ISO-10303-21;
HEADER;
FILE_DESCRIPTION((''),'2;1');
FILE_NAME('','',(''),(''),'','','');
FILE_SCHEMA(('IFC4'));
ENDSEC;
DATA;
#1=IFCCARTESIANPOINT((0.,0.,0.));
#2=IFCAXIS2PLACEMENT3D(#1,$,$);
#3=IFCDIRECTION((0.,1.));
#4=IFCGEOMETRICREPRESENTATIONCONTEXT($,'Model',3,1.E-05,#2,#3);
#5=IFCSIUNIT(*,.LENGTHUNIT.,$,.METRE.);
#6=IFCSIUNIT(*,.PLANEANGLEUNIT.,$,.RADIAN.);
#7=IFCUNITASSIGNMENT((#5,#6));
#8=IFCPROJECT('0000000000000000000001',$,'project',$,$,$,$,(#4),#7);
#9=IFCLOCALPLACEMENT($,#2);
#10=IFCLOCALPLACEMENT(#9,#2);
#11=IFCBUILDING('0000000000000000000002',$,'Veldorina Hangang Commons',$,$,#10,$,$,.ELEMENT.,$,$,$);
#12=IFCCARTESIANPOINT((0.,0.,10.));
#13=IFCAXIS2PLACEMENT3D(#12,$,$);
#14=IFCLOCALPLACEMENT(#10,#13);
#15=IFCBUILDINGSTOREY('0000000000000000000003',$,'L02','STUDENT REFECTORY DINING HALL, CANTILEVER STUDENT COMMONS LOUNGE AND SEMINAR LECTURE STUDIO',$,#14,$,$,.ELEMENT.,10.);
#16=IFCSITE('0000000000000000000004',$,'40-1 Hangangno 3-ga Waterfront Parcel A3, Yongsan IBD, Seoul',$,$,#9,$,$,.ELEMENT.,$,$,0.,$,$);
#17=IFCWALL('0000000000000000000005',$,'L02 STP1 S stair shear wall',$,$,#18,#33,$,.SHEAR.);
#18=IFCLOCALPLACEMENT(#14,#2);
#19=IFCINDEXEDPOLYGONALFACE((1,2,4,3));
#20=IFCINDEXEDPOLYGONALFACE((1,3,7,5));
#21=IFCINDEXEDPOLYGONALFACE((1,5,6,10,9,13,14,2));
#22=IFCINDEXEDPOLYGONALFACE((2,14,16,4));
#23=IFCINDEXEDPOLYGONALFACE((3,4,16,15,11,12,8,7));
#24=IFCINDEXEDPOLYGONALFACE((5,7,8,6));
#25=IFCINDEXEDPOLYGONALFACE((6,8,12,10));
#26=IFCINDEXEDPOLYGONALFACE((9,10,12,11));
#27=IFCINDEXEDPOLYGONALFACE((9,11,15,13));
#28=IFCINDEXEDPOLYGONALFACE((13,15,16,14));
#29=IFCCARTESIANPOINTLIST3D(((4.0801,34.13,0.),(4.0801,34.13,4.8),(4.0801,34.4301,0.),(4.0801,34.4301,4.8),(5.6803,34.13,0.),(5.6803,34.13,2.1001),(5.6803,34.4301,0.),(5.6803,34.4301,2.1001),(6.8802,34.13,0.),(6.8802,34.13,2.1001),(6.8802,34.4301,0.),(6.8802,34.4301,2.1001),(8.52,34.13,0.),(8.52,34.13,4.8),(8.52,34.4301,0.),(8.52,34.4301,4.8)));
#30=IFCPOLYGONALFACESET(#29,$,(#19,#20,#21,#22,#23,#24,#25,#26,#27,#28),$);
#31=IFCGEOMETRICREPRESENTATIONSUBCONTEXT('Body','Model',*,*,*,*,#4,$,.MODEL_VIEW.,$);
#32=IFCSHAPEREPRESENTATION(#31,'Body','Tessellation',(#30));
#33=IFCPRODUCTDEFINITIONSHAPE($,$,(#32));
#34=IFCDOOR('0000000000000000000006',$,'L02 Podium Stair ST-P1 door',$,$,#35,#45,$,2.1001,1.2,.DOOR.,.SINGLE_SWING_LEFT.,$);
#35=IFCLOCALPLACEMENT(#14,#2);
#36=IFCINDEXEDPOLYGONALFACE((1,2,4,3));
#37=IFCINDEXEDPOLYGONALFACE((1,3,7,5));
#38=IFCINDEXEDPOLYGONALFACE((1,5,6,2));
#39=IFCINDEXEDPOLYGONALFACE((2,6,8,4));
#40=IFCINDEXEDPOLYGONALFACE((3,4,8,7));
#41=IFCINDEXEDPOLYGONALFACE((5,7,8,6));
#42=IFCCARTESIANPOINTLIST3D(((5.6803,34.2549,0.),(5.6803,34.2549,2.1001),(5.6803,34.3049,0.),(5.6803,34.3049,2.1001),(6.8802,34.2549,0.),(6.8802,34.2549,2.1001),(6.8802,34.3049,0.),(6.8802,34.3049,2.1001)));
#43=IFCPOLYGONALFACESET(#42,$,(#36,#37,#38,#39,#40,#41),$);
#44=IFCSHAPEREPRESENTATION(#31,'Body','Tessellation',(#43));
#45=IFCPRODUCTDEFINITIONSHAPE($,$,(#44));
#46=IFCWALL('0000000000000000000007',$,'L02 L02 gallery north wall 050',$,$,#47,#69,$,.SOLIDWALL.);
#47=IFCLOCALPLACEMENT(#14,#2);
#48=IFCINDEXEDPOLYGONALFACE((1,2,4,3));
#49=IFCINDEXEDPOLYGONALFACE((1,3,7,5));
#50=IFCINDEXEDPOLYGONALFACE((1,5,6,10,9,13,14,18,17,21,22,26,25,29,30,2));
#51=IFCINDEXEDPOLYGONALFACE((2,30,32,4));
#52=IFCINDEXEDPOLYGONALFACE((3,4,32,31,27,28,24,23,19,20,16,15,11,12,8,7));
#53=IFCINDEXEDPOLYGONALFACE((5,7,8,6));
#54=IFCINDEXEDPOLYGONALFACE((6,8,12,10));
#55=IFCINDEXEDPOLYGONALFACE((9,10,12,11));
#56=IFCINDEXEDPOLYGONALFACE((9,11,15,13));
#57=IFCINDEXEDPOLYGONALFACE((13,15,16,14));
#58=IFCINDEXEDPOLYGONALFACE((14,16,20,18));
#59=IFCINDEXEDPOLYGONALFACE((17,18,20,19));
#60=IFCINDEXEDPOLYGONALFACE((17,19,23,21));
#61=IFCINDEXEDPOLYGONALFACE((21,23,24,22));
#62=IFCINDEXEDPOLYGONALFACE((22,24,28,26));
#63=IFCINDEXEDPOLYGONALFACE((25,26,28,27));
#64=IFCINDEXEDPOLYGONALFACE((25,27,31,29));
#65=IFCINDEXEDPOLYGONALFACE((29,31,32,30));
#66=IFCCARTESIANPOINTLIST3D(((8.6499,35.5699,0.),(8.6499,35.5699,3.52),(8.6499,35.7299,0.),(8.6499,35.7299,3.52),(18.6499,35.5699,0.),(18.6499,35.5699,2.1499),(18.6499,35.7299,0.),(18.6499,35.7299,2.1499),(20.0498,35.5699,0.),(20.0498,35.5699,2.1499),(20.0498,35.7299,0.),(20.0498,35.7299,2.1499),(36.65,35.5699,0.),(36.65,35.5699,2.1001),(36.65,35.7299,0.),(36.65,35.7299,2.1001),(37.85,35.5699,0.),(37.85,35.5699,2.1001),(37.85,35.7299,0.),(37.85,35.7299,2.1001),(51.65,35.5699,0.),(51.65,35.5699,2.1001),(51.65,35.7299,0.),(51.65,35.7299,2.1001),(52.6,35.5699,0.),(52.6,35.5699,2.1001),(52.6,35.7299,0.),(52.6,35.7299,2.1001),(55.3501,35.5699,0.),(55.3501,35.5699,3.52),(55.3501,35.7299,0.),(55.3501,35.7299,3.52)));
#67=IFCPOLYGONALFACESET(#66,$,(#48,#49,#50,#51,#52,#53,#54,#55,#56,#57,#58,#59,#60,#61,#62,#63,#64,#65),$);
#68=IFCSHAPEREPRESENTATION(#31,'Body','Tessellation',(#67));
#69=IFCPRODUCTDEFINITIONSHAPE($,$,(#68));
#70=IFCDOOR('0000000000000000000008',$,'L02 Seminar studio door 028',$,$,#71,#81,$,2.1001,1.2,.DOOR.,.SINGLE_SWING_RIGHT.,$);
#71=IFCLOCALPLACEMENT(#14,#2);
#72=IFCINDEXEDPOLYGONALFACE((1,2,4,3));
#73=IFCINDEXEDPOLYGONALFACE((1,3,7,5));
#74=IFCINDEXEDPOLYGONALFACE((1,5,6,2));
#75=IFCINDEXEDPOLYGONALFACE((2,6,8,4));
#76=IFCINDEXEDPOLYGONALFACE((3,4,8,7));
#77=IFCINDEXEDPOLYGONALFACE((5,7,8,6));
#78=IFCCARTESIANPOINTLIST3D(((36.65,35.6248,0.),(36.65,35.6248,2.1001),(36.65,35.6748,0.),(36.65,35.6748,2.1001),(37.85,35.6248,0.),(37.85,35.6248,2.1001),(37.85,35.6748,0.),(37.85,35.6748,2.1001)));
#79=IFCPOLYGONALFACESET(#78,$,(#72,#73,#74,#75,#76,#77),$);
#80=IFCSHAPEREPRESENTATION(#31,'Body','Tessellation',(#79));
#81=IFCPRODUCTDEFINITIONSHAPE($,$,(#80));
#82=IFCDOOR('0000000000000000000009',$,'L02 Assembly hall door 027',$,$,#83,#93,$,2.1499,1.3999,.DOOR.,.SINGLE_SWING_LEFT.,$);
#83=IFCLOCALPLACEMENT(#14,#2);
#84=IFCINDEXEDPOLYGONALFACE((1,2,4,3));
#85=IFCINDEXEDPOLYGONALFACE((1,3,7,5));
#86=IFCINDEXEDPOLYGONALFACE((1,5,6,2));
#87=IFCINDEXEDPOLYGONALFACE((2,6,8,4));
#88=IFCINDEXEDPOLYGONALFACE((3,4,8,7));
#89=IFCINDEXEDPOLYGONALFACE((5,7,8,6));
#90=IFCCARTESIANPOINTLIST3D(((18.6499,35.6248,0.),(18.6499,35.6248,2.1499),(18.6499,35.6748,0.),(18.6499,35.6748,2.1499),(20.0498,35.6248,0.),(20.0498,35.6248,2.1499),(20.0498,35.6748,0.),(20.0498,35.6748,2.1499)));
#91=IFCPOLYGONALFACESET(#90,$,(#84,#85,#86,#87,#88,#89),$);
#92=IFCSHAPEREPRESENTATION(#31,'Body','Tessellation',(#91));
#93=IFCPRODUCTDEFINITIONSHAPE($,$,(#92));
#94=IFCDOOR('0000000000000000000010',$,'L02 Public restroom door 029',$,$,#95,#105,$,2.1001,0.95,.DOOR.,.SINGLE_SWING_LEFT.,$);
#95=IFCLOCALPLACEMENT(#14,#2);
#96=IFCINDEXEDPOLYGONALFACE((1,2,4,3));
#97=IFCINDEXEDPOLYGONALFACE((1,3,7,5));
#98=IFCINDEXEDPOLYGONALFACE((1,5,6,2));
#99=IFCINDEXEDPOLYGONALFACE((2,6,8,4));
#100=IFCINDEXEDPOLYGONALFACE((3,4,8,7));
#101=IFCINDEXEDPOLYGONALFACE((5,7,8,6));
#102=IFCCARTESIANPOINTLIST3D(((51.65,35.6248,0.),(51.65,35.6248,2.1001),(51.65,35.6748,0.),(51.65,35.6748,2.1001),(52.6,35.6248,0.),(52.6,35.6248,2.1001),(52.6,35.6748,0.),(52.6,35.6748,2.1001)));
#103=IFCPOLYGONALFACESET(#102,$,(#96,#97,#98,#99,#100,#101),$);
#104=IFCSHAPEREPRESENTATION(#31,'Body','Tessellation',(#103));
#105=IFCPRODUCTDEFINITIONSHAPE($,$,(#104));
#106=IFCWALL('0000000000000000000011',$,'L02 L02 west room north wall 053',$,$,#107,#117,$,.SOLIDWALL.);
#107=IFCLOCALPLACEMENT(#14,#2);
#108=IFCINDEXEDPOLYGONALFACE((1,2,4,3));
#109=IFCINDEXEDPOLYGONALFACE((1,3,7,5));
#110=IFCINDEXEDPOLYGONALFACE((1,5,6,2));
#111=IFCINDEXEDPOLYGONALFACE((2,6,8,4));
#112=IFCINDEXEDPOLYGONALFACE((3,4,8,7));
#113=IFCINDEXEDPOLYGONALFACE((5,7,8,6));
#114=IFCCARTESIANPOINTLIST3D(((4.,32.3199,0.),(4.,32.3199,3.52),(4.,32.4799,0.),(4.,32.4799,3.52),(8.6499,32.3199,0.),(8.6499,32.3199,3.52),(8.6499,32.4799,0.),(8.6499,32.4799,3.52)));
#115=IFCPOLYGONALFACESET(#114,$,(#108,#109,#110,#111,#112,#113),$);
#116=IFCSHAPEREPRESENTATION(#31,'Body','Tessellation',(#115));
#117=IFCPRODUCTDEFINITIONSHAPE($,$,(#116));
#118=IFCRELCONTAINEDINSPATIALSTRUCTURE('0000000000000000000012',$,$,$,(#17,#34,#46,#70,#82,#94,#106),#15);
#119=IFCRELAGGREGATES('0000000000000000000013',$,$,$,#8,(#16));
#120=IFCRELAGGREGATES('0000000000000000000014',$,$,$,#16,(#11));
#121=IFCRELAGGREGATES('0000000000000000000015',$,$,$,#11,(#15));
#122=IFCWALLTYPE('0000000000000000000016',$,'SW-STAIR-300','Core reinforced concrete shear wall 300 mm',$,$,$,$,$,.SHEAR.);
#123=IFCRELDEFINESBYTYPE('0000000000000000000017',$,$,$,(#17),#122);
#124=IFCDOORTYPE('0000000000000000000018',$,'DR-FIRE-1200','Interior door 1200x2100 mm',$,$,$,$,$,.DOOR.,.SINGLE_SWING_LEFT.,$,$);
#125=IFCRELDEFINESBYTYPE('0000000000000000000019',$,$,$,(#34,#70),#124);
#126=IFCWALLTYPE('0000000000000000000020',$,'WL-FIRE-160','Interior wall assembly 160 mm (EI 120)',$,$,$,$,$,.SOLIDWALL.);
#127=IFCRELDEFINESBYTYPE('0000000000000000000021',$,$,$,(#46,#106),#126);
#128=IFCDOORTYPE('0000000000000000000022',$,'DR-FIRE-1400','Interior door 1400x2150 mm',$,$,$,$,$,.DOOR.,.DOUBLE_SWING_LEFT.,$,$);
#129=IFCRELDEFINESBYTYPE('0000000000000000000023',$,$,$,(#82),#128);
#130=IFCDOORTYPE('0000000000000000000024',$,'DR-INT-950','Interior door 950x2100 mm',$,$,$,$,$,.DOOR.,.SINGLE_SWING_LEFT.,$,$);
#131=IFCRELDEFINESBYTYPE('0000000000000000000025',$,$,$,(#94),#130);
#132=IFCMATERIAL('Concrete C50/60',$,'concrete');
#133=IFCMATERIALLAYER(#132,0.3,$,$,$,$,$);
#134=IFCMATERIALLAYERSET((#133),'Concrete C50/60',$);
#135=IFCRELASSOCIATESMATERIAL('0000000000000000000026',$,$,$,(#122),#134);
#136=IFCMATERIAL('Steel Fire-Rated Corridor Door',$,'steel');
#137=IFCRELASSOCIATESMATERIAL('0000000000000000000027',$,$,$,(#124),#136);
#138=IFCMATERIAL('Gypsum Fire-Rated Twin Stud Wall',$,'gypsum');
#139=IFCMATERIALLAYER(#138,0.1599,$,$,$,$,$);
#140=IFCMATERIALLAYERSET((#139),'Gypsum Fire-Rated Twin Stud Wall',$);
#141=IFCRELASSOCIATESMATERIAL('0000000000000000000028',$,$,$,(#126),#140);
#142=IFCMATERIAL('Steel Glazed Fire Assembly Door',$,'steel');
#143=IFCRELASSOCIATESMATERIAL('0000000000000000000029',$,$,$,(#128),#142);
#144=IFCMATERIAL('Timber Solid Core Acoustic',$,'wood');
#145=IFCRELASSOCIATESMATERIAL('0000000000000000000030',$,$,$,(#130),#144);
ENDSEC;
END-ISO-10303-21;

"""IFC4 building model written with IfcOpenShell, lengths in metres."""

from ifc_helpers import new_model, si_unit, direction, frame, frame_2d, origin, place, context, subcontext, project, spatial, rectangle, extrude, material, layer, layer_set, type_object, element, fill, save


model = new_model("IFC4")

# Units and contexts
model_context = context("Model", 3, precision=1e-05, world=origin(), true_north=direction((0.0, 1.0)))
body_context = subcontext(model_context, "Body", "Model", "MODEL_VIEW")
ifc_project = project(units=[si_unit("LENGTHUNIT", "METRE"), si_unit("PLANEANGLEUNIT", "RADIAN")], contexts=[model_context])

# Site, building, storey
site_placement = place(None, origin())
site = spatial("IfcSite", under=ifc_project, at=site_placement, Name="40-1 Hangangno 3-ga Waterfront Parcel A3, Yongsan IBD, Seoul", CompositionType="ELEMENT", RefElevation=0.0)
building_placement = place(site_placement, origin())
building = spatial("IfcBuilding", under=site, at=building_placement, Name="Veldorina Hangang Commons", CompositionType="ELEMENT")
storey_placement = place(building_placement, frame((0.0, 0.0, 10.0)))
storey = spatial("IfcBuildingStorey", under=building, at=storey_placement, Name="L02", Description="STUDENT REFECTORY DINING HALL, CANTILEVER STUDENT COMMONS LOUNGE AND SEMINAR LECTURE STUDIO", CompositionType="ELEMENT", Elevation=10.0)

# Shared definitions
ifc_material_1 = material(Name="Concrete C50/60", Category="concrete")
ifc_layer_1 = layer(ifc_material_1, 0.3)
ifc_layer_set_1 = layer_set([ifc_layer_1], Name="Concrete C50/60")
wall_type_1 = type_object("IfcWallType", Name="SW-STAIR-300", Description="Core reinforced concrete shear wall 300 mm", PredefinedType="SHEAR", material=ifc_layer_set_1)

# Wall, opening, door
wall_1_placement = place(storey_placement, frame((4.0801, 34.28, 0.0), z_axis=(0.0, 0.0, 1.0), x_axis=(1.0, 0.0, 0.0)))
wall_1 = element("IfcWall", 1, at=wall_1_placement, inside=storey, type_object=wall_type_1, Name="L02 STP1 S stair shear wall", PredefinedType="SHEAR", context=body_context, shape_type="SweptSolid", body=[
    extrude(rectangle(XDim=4.4399, YDim=0.3, at=frame_2d((2.22, 0.0))), origin(), (0.0, 0.0, 1.0), 4.8),
])
opening_1_placement = place(wall_1_placement, frame((1.6001, 0.0, 0.0)))
opening_1 = element("IfcOpeningElement", 2, at=opening_1_placement, cuts=wall_1, PredefinedType="OPENING", context=body_context, shape_type="SweptSolid", body=[
    extrude(rectangle(XDim=1.2, YDim=2.1001, at=frame_2d((0.6001, 1.05))), frame((0.0, 0.1602, 0.0), z_axis=(0.0, -1.0, 0.0), x_axis=(1.0, 0.0, 0.0)), (0.0, 0.0, 1.0), 0.3201),
])
ifc_material_2 = material(Name="Steel Fire-Rated Corridor Door", Category="steel")
door_type_1 = type_object("IfcDoorType", Name="DR-FIRE-1200", Description="Interior door 1200x2100 mm", OperationType="SINGLE_SWING_LEFT", PredefinedType="DOOR", material=ifc_material_2)
door_1_placement = place(opening_1_placement, origin())
door_1 = element("IfcDoor", 3, at=door_1_placement, inside=storey, type_object=door_type_1, Name="L02 Podium Stair ST-P1 door", OperationType="SINGLE_SWING_LEFT", OverallHeight=2.1001, OverallWidth=1.2, PredefinedType="DOOR", context=body_context, shape_type="SweptSolid", body=[
    extrude(rectangle(XDim=1.2, YDim=2.1001, at=frame_2d((0.6001, 1.05))), frame((0.0, 0.0249, 0.0), z_axis=(0.0, -1.0, 0.0), x_axis=(1.0, 0.0, 0.0)), (0.0, 0.0, 1.0), 0.05),
])
fill(opening_1, door_1)

# Wall, openings, doors
ifc_material_3 = material(Name="Gypsum Fire-Rated Twin Stud Wall", Category="gypsum")
ifc_layer_2 = layer(ifc_material_3, 0.1599)
ifc_layer_set_2 = layer_set([ifc_layer_2], Name="Gypsum Fire-Rated Twin Stud Wall")
wall_type_2 = type_object("IfcWallType", Name="WL-FIRE-160", Description="Interior wall assembly 160 mm (EI 120)", PredefinedType="SOLIDWALL", material=ifc_layer_set_2)
wall_2_placement = place(storey_placement, frame((8.6499, 35.6499, 0.0), z_axis=(0.0, 0.0, 1.0), x_axis=(1.0, 0.0, 0.0)))
wall_2 = element("IfcWall", 4, at=wall_2_placement, inside=storey, type_object=wall_type_2, Name="L02 L02 gallery north wall 050", PredefinedType="SOLIDWALL", context=body_context, shape_type="SweptSolid", body=[
    extrude(rectangle(XDim=46.7002, YDim=0.1599, at=frame_2d((23.3501, 0.0))), origin(), (0.0, 0.0, 1.0), 3.52),
])
opening_2_placement = place(wall_2_placement, frame((10.0, 0.0, 0.0)))
opening_2 = element("IfcOpeningElement", 5, at=opening_2_placement, cuts=wall_2, PredefinedType="OPENING", context=body_context, shape_type="SweptSolid", body=[
    extrude(rectangle(XDim=1.3999, YDim=2.1499, at=frame_2d((0.7, 1.075))), frame((0.0, 0.0898, 0.0), z_axis=(0.0, -1.0, 0.0), x_axis=(1.0, 0.0, 0.0)), (0.0, 0.0, 1.0), 0.1799),
])
opening_3_placement = place(wall_2_placement, frame((28.0, 0.0, 0.0)))
opening_3 = element("IfcOpeningElement", 6, at=opening_3_placement, cuts=wall_2, PredefinedType="OPENING", context=body_context, shape_type="SweptSolid", body=[
    extrude(rectangle(XDim=1.2, YDim=2.1001, at=frame_2d((0.6001, 1.05))), frame((0.0, 0.0898, 0.0), z_axis=(0.0, -1.0, 0.0), x_axis=(1.0, 0.0, 0.0)), (0.0, 0.0, 1.0), 0.1799),
])
opening_4_placement = place(wall_2_placement, frame((43.0, 0.0, 0.0)))
opening_4 = element("IfcOpeningElement", 7, at=opening_4_placement, cuts=wall_2, PredefinedType="OPENING", context=body_context, shape_type="SweptSolid", body=[
    extrude(rectangle(XDim=0.95, YDim=2.1001, at=frame_2d((0.4751, 1.05))), frame((0.0, 0.0898, 0.0), z_axis=(0.0, -1.0, 0.0), x_axis=(1.0, 0.0, 0.0)), (0.0, 0.0, 1.0), 0.1799),
])
door_2_placement = place(opening_3_placement, origin())
door_2 = element("IfcDoor", 8, at=door_2_placement, inside=storey, type_object=door_type_1, Name="L02 Seminar studio door 028", OperationType="SINGLE_SWING_RIGHT", OverallHeight=2.1001, OverallWidth=1.2, PredefinedType="DOOR", context=body_context, shape_type="SweptSolid", body=[
    extrude(rectangle(XDim=1.2, YDim=2.1001, at=frame_2d((0.6001, 1.05))), frame((0.0, 0.0249, 0.0), z_axis=(0.0, -1.0, 0.0), x_axis=(1.0, 0.0, 0.0)), (0.0, 0.0, 1.0), 0.05),
])
fill(opening_3, door_2)
ifc_material_4 = material(Name="Steel Glazed Fire Assembly Door", Category="steel")
door_type_2 = type_object("IfcDoorType", Name="DR-FIRE-1400", Description="Interior door 1400x2150 mm", OperationType="DOUBLE_SWING_LEFT", PredefinedType="DOOR", material=ifc_material_4)
door_3_placement = place(opening_2_placement, origin())
door_3 = element("IfcDoor", 9, at=door_3_placement, inside=storey, type_object=door_type_2, Name="L02 Assembly hall door 027", OperationType="SINGLE_SWING_LEFT", OverallHeight=2.1499, OverallWidth=1.3999, PredefinedType="DOOR", context=body_context, shape_type="SweptSolid", body=[
    extrude(rectangle(XDim=1.3999, YDim=2.1499, at=frame_2d((0.7, 1.075))), frame((0.0, 0.0249, 0.0), z_axis=(0.0, -1.0, 0.0), x_axis=(1.0, 0.0, 0.0)), (0.0, 0.0, 1.0), 0.05),
])
fill(opening_2, door_3)
ifc_material_5 = material(Name="Timber Solid Core Acoustic", Category="wood")
door_type_3 = type_object("IfcDoorType", Name="DR-INT-950", Description="Interior door 950x2100 mm", OperationType="SINGLE_SWING_LEFT", PredefinedType="DOOR", material=ifc_material_5)
door_4_placement = place(opening_4_placement, origin())
door_4 = element("IfcDoor", 10, at=door_4_placement, inside=storey, type_object=door_type_3, Name="L02 Public restroom door 029", OperationType="SINGLE_SWING_LEFT", OverallHeight=2.1001, OverallWidth=0.95, PredefinedType="DOOR", context=body_context, shape_type="SweptSolid", body=[
    extrude(rectangle(XDim=0.95, YDim=2.1001, at=frame_2d((0.4751, 1.05))), frame((0.0, 0.0249, 0.0), z_axis=(0.0, -1.0, 0.0), x_axis=(1.0, 0.0, 0.0)), (0.0, 0.0, 1.0), 0.05),
])
fill(opening_4, door_4)

# Wall
wall_3_placement = place(storey_placement, frame((4.0, 32.3999, 0.0), z_axis=(0.0, 0.0, 1.0), x_axis=(1.0, 0.0, 0.0)))
element("IfcWall", 11, at=wall_3_placement, inside=storey, type_object=wall_type_2, Name="L02 L02 west room north wall 053", PredefinedType="SOLIDWALL", context=body_context, shape_type="SweptSolid", body=[
    extrude(rectangle(XDim=4.6499, YDim=0.1599, at=frame_2d((2.325, 0.0))), origin(), (0.0, 0.0, 1.0), 3.52),
])

save(model, "model.ifc")
